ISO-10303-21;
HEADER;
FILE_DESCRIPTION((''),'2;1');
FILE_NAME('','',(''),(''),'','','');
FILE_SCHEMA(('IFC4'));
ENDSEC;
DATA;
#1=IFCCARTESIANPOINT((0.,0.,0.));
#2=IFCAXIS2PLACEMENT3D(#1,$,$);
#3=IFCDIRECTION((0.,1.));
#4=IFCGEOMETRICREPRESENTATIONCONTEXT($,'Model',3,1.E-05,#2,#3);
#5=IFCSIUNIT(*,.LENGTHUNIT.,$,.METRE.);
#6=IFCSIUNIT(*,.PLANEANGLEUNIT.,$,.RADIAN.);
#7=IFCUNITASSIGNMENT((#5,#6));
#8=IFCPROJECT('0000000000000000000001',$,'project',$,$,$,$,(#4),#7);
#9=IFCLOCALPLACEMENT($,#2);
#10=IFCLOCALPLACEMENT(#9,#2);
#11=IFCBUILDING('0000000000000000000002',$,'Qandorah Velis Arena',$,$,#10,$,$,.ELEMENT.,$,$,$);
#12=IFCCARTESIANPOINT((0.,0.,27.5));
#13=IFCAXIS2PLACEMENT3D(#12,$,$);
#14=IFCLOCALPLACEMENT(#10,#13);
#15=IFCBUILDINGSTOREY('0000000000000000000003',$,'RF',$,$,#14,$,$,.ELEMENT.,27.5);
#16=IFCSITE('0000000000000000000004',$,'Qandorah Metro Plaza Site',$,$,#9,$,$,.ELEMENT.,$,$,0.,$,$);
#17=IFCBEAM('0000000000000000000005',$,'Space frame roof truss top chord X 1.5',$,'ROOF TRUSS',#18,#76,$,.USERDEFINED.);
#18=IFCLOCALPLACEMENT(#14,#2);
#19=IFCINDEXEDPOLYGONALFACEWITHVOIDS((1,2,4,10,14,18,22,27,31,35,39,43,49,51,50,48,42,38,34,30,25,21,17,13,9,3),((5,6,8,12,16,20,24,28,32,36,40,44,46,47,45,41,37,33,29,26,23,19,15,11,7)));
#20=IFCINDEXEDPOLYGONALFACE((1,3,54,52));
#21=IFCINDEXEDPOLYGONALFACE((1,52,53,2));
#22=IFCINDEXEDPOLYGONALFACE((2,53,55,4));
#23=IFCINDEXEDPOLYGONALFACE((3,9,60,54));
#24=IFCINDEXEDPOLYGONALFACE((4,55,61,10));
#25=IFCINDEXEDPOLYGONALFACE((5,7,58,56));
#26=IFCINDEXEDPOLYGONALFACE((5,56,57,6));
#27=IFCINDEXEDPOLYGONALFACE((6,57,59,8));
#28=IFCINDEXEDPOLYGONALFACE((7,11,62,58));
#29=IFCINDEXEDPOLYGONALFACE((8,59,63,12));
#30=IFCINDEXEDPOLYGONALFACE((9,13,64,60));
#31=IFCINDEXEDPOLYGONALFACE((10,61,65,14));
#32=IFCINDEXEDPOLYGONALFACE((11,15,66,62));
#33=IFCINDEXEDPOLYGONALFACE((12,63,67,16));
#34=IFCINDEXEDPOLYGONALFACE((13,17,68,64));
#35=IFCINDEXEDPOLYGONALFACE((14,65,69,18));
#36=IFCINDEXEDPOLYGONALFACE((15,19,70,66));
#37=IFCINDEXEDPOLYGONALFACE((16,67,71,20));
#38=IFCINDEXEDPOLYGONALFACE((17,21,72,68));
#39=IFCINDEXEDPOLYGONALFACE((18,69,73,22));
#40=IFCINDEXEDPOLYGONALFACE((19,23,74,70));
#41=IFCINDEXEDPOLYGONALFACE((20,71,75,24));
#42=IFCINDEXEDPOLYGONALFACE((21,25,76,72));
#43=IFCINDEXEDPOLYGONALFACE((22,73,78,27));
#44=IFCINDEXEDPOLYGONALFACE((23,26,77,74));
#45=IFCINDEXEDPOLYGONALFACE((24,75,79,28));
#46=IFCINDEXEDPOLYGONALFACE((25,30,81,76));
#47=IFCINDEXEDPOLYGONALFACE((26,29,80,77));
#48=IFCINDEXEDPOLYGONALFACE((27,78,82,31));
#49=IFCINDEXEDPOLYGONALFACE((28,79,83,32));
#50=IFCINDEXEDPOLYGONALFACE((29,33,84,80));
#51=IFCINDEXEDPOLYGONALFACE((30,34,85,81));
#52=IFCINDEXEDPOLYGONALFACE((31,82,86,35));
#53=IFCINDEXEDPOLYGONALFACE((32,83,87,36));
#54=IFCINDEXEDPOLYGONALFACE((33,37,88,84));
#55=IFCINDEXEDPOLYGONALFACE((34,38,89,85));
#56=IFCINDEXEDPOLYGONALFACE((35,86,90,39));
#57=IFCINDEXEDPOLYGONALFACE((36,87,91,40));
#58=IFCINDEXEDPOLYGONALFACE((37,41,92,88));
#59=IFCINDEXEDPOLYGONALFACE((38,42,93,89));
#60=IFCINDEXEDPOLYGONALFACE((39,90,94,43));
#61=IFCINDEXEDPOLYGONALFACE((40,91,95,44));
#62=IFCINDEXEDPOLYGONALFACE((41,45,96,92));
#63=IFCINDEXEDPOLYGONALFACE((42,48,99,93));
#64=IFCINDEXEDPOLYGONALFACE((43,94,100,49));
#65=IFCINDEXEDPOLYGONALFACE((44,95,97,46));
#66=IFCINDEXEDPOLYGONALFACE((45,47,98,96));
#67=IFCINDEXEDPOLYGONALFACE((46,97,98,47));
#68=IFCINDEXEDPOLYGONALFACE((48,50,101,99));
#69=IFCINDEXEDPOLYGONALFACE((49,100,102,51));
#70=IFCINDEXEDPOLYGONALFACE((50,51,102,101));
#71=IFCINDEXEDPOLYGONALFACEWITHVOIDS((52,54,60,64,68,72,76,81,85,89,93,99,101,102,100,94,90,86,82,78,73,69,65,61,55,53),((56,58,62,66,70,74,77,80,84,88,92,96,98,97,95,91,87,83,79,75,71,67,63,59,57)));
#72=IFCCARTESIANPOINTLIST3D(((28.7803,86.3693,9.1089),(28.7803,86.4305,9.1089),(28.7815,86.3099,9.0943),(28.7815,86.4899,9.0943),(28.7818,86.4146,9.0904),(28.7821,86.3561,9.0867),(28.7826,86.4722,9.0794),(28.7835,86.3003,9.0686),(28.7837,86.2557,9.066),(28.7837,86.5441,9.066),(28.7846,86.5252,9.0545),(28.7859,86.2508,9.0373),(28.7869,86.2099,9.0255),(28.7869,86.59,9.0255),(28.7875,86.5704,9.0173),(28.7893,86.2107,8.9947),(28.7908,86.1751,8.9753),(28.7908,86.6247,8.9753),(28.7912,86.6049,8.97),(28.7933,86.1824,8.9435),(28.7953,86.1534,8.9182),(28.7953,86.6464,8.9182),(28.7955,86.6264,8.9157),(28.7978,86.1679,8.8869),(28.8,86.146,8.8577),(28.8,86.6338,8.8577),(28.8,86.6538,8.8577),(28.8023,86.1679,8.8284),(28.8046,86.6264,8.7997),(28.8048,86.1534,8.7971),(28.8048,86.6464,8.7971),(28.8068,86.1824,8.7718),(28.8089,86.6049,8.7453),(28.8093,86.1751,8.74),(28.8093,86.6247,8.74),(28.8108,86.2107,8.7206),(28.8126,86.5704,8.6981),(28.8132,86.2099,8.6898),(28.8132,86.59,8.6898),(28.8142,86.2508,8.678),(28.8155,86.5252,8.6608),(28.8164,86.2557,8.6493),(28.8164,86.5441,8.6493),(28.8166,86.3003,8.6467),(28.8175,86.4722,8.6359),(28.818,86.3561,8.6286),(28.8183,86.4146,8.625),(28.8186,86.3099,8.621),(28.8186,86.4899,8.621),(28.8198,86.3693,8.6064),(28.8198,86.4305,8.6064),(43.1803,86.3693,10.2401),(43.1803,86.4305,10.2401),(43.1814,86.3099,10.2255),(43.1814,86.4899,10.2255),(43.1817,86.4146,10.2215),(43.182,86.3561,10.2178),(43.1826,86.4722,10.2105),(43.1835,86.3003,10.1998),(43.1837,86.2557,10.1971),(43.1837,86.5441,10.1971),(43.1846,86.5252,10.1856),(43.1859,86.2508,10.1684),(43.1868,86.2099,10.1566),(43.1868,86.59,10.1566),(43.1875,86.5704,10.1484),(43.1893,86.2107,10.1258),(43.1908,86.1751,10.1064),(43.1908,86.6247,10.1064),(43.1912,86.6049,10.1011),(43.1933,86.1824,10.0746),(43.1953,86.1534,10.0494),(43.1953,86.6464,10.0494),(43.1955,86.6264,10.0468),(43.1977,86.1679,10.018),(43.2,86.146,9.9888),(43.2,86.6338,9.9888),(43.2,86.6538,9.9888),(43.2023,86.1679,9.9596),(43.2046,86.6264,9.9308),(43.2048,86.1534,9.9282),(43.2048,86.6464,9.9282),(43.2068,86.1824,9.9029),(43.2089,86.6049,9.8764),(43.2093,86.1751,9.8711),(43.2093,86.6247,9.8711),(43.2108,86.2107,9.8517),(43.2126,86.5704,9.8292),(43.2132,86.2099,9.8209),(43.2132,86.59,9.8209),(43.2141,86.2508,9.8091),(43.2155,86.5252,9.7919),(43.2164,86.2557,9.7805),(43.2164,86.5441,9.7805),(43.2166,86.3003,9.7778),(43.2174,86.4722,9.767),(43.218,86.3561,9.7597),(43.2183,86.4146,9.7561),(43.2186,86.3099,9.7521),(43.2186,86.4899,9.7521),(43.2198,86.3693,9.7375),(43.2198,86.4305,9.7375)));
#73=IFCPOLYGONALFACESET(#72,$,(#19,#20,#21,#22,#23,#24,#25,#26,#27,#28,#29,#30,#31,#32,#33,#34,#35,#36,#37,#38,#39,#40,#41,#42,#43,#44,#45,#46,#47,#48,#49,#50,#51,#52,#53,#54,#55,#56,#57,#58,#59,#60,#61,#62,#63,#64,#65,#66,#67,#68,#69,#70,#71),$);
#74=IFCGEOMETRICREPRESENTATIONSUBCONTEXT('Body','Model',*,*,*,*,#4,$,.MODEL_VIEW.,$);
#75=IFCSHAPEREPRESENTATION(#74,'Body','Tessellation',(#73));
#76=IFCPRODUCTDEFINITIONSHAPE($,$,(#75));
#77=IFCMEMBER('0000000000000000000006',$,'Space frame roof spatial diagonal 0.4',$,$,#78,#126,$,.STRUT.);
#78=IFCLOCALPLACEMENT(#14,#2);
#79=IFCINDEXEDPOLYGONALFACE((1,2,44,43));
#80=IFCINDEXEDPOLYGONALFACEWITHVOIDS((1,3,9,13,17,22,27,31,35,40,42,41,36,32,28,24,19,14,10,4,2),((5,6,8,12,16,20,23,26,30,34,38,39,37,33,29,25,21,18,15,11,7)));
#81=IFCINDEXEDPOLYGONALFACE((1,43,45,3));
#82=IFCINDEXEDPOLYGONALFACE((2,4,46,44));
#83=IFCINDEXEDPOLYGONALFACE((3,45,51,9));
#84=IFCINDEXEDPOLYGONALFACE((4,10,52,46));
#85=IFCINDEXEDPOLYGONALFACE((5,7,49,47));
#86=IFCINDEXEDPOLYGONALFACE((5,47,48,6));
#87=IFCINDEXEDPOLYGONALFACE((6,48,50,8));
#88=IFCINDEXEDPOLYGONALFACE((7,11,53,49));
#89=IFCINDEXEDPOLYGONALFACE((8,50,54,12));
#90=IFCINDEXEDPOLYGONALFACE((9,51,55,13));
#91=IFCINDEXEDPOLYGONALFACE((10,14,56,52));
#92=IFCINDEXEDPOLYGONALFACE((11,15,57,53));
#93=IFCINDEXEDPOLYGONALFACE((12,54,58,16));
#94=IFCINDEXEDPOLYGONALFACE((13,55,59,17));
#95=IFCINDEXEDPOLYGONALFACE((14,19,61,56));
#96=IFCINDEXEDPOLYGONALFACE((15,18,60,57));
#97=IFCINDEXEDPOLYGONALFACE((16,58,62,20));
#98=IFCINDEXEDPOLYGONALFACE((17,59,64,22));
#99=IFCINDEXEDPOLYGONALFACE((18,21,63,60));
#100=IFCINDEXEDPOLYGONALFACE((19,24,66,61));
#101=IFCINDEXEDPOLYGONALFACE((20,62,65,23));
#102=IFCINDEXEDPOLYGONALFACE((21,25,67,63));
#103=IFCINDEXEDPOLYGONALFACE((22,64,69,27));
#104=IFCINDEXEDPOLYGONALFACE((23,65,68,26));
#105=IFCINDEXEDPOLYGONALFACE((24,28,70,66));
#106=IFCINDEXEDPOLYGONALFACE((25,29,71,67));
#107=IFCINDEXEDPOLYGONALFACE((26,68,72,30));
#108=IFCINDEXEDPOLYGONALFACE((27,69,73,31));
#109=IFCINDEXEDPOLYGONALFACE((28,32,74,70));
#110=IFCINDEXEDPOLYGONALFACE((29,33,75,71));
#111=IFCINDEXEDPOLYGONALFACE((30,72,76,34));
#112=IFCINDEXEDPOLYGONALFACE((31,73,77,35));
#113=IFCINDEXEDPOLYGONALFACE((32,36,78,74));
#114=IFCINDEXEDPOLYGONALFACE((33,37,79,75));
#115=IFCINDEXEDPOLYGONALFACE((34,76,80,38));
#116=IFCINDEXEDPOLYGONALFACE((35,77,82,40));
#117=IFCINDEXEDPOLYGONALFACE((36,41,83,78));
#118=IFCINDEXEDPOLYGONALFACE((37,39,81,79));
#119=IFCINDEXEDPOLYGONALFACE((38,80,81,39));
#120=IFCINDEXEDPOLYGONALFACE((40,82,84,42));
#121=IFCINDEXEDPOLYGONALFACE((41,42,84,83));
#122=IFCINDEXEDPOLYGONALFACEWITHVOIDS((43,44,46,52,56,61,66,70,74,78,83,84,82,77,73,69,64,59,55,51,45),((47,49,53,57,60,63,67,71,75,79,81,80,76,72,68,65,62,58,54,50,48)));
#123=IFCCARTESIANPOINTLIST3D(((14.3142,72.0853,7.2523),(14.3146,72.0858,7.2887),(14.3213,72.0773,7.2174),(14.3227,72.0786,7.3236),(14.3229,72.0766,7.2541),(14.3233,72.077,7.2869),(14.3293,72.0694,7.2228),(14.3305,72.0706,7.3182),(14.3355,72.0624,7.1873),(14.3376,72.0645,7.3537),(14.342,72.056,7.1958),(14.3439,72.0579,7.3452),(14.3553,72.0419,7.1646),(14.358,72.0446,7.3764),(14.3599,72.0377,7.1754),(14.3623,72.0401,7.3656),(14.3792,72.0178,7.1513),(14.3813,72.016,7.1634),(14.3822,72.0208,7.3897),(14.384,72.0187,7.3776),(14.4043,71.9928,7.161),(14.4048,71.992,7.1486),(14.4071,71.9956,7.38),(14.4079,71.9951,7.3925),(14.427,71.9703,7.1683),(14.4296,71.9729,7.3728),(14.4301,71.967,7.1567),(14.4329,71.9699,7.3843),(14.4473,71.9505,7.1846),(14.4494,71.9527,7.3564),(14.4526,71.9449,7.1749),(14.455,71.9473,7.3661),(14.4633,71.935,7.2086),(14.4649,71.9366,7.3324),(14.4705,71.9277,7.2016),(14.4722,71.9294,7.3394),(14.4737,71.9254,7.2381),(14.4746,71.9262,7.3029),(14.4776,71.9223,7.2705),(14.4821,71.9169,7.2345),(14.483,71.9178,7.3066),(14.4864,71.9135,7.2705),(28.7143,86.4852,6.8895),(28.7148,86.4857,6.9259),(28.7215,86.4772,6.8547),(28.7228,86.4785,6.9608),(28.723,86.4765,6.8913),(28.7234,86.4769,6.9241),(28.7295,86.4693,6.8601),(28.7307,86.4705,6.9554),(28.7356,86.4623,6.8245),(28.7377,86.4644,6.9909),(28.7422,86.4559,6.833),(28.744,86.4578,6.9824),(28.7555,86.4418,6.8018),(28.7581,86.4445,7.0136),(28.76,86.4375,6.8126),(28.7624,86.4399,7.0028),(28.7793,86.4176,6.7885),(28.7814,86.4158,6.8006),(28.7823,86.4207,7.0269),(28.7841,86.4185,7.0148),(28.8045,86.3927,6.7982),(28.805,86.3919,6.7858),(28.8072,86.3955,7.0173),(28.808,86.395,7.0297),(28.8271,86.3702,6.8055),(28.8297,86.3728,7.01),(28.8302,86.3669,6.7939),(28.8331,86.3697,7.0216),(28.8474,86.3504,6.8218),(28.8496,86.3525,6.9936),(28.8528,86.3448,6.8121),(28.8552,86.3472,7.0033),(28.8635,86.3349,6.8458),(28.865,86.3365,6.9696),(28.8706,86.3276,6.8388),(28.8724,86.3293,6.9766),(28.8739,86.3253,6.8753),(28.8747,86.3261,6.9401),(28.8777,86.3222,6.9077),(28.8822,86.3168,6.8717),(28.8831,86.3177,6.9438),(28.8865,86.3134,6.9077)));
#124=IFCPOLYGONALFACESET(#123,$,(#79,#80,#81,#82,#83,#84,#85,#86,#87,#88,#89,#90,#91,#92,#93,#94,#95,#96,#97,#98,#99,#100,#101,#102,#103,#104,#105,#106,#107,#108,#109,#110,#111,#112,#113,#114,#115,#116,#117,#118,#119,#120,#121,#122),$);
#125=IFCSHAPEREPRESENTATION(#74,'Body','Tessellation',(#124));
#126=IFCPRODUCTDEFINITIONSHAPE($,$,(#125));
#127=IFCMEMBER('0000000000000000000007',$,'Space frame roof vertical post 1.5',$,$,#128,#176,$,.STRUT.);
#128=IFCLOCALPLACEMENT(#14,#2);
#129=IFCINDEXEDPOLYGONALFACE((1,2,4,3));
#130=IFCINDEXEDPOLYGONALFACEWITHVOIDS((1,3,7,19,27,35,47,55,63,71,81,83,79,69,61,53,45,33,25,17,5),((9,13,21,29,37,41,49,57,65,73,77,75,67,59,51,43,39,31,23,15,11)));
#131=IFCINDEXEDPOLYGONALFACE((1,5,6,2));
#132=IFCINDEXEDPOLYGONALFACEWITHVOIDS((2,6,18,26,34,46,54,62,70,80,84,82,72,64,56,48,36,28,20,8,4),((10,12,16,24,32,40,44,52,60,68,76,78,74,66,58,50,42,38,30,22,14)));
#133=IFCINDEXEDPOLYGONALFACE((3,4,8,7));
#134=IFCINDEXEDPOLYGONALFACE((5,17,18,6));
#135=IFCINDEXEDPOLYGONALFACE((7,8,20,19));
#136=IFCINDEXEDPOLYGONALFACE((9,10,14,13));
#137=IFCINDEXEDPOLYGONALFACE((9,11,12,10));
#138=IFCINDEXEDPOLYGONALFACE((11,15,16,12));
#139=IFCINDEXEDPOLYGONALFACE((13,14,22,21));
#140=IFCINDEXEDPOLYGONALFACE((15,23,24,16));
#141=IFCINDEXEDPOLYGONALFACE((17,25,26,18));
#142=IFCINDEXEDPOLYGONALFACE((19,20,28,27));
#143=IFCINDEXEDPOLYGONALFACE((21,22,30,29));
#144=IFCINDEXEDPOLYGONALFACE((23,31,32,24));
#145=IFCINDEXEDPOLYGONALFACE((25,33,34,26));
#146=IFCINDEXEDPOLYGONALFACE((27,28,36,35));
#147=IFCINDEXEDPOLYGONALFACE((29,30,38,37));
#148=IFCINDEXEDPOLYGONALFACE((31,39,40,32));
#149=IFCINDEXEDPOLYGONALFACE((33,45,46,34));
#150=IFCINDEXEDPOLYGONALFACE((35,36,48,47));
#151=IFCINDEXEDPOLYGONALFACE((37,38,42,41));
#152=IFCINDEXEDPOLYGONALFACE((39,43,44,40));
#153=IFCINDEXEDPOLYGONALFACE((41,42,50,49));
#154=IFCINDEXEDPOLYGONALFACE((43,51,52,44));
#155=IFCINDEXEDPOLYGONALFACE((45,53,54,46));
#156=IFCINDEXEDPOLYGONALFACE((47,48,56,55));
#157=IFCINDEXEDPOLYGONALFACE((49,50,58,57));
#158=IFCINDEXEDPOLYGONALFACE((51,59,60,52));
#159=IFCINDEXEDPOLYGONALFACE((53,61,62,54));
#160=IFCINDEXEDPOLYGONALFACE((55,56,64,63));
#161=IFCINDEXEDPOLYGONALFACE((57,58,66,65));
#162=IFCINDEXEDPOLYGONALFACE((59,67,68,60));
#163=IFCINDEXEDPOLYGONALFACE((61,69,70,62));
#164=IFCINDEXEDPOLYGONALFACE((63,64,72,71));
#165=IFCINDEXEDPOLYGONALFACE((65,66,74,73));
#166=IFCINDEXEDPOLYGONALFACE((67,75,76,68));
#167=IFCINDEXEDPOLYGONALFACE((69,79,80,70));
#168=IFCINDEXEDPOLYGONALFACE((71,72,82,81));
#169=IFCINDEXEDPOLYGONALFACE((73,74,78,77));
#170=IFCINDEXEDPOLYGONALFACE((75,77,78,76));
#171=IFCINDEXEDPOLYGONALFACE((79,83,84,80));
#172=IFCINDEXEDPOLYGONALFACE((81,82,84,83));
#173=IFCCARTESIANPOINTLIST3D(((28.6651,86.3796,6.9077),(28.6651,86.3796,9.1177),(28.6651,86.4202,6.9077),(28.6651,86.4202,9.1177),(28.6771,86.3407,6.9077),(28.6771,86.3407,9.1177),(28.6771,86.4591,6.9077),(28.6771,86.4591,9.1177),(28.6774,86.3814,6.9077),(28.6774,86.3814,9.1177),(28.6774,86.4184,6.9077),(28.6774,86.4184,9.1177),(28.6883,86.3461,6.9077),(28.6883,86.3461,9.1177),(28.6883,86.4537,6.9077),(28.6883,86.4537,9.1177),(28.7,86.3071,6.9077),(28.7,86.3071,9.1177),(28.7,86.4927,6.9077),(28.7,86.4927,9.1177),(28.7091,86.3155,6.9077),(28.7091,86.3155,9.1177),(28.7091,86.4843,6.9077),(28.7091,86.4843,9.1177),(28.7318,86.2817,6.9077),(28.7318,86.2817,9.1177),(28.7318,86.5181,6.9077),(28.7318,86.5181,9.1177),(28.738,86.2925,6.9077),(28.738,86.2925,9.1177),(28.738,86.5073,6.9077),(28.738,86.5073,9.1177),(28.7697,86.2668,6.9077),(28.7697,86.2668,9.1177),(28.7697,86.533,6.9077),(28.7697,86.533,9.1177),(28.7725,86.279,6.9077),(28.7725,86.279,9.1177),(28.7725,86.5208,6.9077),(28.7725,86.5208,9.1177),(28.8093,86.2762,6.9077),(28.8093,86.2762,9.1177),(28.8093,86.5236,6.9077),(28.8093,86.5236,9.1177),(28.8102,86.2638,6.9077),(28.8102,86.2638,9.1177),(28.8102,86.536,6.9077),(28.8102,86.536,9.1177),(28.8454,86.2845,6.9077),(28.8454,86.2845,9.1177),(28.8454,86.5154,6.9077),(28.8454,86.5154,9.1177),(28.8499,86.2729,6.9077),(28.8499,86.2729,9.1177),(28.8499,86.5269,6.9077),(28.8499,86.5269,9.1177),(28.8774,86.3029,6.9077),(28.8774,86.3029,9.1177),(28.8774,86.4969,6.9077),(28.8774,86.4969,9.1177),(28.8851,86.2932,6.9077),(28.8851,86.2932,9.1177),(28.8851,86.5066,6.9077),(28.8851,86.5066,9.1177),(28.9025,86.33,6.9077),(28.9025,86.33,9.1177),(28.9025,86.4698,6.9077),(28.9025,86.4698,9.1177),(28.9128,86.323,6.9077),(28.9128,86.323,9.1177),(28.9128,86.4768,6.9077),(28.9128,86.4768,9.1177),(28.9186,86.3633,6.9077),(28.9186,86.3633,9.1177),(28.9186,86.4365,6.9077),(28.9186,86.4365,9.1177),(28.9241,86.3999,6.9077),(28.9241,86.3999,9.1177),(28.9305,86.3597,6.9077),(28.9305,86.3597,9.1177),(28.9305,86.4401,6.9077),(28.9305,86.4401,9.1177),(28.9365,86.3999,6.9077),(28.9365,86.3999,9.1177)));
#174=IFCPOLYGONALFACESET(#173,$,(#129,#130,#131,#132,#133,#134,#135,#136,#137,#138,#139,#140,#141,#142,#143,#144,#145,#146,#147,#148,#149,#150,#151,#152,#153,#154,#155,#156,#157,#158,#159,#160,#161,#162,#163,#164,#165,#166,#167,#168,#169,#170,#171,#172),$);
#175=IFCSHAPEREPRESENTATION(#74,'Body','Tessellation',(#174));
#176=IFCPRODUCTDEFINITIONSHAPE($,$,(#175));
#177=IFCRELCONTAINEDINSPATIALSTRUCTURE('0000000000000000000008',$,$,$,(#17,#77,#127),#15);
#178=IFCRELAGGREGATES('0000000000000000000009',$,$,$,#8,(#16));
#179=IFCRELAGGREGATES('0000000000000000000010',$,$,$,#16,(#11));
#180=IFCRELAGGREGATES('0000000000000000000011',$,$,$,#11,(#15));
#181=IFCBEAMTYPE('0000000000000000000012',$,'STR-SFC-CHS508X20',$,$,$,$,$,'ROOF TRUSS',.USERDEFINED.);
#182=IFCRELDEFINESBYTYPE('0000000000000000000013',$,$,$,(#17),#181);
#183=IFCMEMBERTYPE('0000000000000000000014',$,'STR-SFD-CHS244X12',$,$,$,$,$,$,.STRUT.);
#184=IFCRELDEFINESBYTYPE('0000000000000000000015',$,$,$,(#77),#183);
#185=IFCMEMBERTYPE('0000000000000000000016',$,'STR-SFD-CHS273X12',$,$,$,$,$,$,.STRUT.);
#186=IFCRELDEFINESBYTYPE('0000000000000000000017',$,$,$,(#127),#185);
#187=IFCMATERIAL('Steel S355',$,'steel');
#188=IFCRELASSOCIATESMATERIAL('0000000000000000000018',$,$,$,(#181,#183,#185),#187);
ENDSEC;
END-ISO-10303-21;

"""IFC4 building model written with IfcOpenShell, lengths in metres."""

from ifc_helpers import new_model, si_unit, direction, frame, origin, origin_2d, place, context, subcontext, project, spatial, hollow_circle, extrude, material, material_profile, profile_set, type_object, element, save


model = new_model("IFC4")

# Units and contexts
model_context = context("Model", 3, precision=1e-05, world=origin(), true_north=direction((0.0, 1.0)))
body_context = subcontext(model_context, "Body", "Model", "MODEL_VIEW")
ifc_project = project(units=[si_unit("LENGTHUNIT", "METRE"), si_unit("PLANEANGLEUNIT", "RADIAN")], contexts=[model_context])

# Site, building, storey
site_placement = place(None, origin())
site = spatial("IfcSite", under=ifc_project, at=site_placement, Name="Qandorah Metro Plaza Site", CompositionType="ELEMENT", RefElevation=0.0)
building_placement = place(site_placement, origin())
building = spatial("IfcBuilding", under=site, at=building_placement, Name="Qandorah Velis Arena", CompositionType="ELEMENT")
storey_placement = place(building_placement, frame((0.0, 0.0, 27.5)))
storey = spatial("IfcBuildingStorey", under=building, at=storey_placement, Name="RF", CompositionType="ELEMENT", Elevation=27.5)

# Beam
ifc_material_1 = material(Name="Steel S355", Category="steel")
ifc_material_profile_1 = material_profile(ifc_material_1, hollow_circle(Radius=0.2539, WallThickness=0.02, at=origin_2d()), Name="CHS 508x20")
ifc_profile_set_1 = profile_set([ifc_material_profile_1], Name="Steel S355")
beam_type_1 = type_object("IfcBeamType", Name="STR-SFC-CHS508X20", ElementType="ROOF TRUSS", PredefinedType="USERDEFINED", material=ifc_profile_set_1)
beam_1_placement = place(storey_placement, frame((28.8, 86.3999, 8.8577), z_axis=(0.996929, 0.0, 0.078308), x_axis=(0.0, 1.0, 0.0)))
element("IfcBeam", 1, at=beam_1_placement, inside=storey, type_object=beam_type_1, Name="Space frame roof truss top chord X 1.5", ObjectType="ROOF TRUSS", PredefinedType="USERDEFINED", context=body_context, shape_type="SweptSolid", body=[
    extrude(hollow_circle(Radius=0.2539, WallThickness=0.02, at=origin_2d()), origin(), (0.0, 0.0, 1.0), 14.4443),
])

# Members
ifc_material_profile_2 = material_profile(ifc_material_1, hollow_circle(Radius=0.1223, WallThickness=0.0125, at=origin_2d()), Name="CHS 244.5x12.5")
ifc_profile_set_2 = profile_set([ifc_material_profile_2], Name="Steel S355")
member_type_1 = type_object("IfcMemberType", Name="STR-SFD-CHS244X12", PredefinedType="STRUT", material=ifc_profile_set_2)
member_1_placement = place(storey_placement, frame((28.8, 86.3999, 6.9077), z_axis=(-0.707001, -0.706989, 0.017812), x_axis=(0.707101, -0.707113, 0.0)))
element("IfcMember", 2, at=member_1_placement, inside=storey, type_object=member_type_1, Name="Space frame roof spatial diagonal 0.4", PredefinedType="STRUT", context=body_context, shape_type="SweptSolid", body=[
    extrude(hollow_circle(Radius=0.1223, WallThickness=0.0125, at=origin_2d()), origin(), (0.0, 0.0, 1.0), 20.3679),
])
ifc_material_profile_3 = material_profile(ifc_material_1, hollow_circle(Radius=0.1365, WallThickness=0.0125, at=origin_2d()), Name="CHS 273x12.5")
ifc_profile_set_3 = profile_set([ifc_material_profile_3], Name="Steel S355")
member_type_2 = type_object("IfcMemberType", Name="STR-SFD-CHS273X12", PredefinedType="STRUT", material=ifc_profile_set_3)
member_2_placement = place(storey_placement, frame((28.8, 86.3999, 6.9077), z_axis=(0.0, 0.0, 1.0), x_axis=(1.0, 0.0, 0.0)))
element("IfcMember", 3, at=member_2_placement, inside=storey, type_object=member_type_2, Name="Space frame roof vertical post 1.5", PredefinedType="STRUT", context=body_context, shape_type="SweptSolid", body=[
    extrude(hollow_circle(Radius=0.1365, WallThickness=0.0125, at=origin_2d()), origin(), (0.0, 0.0, 1.0), 2.21),
])

save(model, "model.ifc")
